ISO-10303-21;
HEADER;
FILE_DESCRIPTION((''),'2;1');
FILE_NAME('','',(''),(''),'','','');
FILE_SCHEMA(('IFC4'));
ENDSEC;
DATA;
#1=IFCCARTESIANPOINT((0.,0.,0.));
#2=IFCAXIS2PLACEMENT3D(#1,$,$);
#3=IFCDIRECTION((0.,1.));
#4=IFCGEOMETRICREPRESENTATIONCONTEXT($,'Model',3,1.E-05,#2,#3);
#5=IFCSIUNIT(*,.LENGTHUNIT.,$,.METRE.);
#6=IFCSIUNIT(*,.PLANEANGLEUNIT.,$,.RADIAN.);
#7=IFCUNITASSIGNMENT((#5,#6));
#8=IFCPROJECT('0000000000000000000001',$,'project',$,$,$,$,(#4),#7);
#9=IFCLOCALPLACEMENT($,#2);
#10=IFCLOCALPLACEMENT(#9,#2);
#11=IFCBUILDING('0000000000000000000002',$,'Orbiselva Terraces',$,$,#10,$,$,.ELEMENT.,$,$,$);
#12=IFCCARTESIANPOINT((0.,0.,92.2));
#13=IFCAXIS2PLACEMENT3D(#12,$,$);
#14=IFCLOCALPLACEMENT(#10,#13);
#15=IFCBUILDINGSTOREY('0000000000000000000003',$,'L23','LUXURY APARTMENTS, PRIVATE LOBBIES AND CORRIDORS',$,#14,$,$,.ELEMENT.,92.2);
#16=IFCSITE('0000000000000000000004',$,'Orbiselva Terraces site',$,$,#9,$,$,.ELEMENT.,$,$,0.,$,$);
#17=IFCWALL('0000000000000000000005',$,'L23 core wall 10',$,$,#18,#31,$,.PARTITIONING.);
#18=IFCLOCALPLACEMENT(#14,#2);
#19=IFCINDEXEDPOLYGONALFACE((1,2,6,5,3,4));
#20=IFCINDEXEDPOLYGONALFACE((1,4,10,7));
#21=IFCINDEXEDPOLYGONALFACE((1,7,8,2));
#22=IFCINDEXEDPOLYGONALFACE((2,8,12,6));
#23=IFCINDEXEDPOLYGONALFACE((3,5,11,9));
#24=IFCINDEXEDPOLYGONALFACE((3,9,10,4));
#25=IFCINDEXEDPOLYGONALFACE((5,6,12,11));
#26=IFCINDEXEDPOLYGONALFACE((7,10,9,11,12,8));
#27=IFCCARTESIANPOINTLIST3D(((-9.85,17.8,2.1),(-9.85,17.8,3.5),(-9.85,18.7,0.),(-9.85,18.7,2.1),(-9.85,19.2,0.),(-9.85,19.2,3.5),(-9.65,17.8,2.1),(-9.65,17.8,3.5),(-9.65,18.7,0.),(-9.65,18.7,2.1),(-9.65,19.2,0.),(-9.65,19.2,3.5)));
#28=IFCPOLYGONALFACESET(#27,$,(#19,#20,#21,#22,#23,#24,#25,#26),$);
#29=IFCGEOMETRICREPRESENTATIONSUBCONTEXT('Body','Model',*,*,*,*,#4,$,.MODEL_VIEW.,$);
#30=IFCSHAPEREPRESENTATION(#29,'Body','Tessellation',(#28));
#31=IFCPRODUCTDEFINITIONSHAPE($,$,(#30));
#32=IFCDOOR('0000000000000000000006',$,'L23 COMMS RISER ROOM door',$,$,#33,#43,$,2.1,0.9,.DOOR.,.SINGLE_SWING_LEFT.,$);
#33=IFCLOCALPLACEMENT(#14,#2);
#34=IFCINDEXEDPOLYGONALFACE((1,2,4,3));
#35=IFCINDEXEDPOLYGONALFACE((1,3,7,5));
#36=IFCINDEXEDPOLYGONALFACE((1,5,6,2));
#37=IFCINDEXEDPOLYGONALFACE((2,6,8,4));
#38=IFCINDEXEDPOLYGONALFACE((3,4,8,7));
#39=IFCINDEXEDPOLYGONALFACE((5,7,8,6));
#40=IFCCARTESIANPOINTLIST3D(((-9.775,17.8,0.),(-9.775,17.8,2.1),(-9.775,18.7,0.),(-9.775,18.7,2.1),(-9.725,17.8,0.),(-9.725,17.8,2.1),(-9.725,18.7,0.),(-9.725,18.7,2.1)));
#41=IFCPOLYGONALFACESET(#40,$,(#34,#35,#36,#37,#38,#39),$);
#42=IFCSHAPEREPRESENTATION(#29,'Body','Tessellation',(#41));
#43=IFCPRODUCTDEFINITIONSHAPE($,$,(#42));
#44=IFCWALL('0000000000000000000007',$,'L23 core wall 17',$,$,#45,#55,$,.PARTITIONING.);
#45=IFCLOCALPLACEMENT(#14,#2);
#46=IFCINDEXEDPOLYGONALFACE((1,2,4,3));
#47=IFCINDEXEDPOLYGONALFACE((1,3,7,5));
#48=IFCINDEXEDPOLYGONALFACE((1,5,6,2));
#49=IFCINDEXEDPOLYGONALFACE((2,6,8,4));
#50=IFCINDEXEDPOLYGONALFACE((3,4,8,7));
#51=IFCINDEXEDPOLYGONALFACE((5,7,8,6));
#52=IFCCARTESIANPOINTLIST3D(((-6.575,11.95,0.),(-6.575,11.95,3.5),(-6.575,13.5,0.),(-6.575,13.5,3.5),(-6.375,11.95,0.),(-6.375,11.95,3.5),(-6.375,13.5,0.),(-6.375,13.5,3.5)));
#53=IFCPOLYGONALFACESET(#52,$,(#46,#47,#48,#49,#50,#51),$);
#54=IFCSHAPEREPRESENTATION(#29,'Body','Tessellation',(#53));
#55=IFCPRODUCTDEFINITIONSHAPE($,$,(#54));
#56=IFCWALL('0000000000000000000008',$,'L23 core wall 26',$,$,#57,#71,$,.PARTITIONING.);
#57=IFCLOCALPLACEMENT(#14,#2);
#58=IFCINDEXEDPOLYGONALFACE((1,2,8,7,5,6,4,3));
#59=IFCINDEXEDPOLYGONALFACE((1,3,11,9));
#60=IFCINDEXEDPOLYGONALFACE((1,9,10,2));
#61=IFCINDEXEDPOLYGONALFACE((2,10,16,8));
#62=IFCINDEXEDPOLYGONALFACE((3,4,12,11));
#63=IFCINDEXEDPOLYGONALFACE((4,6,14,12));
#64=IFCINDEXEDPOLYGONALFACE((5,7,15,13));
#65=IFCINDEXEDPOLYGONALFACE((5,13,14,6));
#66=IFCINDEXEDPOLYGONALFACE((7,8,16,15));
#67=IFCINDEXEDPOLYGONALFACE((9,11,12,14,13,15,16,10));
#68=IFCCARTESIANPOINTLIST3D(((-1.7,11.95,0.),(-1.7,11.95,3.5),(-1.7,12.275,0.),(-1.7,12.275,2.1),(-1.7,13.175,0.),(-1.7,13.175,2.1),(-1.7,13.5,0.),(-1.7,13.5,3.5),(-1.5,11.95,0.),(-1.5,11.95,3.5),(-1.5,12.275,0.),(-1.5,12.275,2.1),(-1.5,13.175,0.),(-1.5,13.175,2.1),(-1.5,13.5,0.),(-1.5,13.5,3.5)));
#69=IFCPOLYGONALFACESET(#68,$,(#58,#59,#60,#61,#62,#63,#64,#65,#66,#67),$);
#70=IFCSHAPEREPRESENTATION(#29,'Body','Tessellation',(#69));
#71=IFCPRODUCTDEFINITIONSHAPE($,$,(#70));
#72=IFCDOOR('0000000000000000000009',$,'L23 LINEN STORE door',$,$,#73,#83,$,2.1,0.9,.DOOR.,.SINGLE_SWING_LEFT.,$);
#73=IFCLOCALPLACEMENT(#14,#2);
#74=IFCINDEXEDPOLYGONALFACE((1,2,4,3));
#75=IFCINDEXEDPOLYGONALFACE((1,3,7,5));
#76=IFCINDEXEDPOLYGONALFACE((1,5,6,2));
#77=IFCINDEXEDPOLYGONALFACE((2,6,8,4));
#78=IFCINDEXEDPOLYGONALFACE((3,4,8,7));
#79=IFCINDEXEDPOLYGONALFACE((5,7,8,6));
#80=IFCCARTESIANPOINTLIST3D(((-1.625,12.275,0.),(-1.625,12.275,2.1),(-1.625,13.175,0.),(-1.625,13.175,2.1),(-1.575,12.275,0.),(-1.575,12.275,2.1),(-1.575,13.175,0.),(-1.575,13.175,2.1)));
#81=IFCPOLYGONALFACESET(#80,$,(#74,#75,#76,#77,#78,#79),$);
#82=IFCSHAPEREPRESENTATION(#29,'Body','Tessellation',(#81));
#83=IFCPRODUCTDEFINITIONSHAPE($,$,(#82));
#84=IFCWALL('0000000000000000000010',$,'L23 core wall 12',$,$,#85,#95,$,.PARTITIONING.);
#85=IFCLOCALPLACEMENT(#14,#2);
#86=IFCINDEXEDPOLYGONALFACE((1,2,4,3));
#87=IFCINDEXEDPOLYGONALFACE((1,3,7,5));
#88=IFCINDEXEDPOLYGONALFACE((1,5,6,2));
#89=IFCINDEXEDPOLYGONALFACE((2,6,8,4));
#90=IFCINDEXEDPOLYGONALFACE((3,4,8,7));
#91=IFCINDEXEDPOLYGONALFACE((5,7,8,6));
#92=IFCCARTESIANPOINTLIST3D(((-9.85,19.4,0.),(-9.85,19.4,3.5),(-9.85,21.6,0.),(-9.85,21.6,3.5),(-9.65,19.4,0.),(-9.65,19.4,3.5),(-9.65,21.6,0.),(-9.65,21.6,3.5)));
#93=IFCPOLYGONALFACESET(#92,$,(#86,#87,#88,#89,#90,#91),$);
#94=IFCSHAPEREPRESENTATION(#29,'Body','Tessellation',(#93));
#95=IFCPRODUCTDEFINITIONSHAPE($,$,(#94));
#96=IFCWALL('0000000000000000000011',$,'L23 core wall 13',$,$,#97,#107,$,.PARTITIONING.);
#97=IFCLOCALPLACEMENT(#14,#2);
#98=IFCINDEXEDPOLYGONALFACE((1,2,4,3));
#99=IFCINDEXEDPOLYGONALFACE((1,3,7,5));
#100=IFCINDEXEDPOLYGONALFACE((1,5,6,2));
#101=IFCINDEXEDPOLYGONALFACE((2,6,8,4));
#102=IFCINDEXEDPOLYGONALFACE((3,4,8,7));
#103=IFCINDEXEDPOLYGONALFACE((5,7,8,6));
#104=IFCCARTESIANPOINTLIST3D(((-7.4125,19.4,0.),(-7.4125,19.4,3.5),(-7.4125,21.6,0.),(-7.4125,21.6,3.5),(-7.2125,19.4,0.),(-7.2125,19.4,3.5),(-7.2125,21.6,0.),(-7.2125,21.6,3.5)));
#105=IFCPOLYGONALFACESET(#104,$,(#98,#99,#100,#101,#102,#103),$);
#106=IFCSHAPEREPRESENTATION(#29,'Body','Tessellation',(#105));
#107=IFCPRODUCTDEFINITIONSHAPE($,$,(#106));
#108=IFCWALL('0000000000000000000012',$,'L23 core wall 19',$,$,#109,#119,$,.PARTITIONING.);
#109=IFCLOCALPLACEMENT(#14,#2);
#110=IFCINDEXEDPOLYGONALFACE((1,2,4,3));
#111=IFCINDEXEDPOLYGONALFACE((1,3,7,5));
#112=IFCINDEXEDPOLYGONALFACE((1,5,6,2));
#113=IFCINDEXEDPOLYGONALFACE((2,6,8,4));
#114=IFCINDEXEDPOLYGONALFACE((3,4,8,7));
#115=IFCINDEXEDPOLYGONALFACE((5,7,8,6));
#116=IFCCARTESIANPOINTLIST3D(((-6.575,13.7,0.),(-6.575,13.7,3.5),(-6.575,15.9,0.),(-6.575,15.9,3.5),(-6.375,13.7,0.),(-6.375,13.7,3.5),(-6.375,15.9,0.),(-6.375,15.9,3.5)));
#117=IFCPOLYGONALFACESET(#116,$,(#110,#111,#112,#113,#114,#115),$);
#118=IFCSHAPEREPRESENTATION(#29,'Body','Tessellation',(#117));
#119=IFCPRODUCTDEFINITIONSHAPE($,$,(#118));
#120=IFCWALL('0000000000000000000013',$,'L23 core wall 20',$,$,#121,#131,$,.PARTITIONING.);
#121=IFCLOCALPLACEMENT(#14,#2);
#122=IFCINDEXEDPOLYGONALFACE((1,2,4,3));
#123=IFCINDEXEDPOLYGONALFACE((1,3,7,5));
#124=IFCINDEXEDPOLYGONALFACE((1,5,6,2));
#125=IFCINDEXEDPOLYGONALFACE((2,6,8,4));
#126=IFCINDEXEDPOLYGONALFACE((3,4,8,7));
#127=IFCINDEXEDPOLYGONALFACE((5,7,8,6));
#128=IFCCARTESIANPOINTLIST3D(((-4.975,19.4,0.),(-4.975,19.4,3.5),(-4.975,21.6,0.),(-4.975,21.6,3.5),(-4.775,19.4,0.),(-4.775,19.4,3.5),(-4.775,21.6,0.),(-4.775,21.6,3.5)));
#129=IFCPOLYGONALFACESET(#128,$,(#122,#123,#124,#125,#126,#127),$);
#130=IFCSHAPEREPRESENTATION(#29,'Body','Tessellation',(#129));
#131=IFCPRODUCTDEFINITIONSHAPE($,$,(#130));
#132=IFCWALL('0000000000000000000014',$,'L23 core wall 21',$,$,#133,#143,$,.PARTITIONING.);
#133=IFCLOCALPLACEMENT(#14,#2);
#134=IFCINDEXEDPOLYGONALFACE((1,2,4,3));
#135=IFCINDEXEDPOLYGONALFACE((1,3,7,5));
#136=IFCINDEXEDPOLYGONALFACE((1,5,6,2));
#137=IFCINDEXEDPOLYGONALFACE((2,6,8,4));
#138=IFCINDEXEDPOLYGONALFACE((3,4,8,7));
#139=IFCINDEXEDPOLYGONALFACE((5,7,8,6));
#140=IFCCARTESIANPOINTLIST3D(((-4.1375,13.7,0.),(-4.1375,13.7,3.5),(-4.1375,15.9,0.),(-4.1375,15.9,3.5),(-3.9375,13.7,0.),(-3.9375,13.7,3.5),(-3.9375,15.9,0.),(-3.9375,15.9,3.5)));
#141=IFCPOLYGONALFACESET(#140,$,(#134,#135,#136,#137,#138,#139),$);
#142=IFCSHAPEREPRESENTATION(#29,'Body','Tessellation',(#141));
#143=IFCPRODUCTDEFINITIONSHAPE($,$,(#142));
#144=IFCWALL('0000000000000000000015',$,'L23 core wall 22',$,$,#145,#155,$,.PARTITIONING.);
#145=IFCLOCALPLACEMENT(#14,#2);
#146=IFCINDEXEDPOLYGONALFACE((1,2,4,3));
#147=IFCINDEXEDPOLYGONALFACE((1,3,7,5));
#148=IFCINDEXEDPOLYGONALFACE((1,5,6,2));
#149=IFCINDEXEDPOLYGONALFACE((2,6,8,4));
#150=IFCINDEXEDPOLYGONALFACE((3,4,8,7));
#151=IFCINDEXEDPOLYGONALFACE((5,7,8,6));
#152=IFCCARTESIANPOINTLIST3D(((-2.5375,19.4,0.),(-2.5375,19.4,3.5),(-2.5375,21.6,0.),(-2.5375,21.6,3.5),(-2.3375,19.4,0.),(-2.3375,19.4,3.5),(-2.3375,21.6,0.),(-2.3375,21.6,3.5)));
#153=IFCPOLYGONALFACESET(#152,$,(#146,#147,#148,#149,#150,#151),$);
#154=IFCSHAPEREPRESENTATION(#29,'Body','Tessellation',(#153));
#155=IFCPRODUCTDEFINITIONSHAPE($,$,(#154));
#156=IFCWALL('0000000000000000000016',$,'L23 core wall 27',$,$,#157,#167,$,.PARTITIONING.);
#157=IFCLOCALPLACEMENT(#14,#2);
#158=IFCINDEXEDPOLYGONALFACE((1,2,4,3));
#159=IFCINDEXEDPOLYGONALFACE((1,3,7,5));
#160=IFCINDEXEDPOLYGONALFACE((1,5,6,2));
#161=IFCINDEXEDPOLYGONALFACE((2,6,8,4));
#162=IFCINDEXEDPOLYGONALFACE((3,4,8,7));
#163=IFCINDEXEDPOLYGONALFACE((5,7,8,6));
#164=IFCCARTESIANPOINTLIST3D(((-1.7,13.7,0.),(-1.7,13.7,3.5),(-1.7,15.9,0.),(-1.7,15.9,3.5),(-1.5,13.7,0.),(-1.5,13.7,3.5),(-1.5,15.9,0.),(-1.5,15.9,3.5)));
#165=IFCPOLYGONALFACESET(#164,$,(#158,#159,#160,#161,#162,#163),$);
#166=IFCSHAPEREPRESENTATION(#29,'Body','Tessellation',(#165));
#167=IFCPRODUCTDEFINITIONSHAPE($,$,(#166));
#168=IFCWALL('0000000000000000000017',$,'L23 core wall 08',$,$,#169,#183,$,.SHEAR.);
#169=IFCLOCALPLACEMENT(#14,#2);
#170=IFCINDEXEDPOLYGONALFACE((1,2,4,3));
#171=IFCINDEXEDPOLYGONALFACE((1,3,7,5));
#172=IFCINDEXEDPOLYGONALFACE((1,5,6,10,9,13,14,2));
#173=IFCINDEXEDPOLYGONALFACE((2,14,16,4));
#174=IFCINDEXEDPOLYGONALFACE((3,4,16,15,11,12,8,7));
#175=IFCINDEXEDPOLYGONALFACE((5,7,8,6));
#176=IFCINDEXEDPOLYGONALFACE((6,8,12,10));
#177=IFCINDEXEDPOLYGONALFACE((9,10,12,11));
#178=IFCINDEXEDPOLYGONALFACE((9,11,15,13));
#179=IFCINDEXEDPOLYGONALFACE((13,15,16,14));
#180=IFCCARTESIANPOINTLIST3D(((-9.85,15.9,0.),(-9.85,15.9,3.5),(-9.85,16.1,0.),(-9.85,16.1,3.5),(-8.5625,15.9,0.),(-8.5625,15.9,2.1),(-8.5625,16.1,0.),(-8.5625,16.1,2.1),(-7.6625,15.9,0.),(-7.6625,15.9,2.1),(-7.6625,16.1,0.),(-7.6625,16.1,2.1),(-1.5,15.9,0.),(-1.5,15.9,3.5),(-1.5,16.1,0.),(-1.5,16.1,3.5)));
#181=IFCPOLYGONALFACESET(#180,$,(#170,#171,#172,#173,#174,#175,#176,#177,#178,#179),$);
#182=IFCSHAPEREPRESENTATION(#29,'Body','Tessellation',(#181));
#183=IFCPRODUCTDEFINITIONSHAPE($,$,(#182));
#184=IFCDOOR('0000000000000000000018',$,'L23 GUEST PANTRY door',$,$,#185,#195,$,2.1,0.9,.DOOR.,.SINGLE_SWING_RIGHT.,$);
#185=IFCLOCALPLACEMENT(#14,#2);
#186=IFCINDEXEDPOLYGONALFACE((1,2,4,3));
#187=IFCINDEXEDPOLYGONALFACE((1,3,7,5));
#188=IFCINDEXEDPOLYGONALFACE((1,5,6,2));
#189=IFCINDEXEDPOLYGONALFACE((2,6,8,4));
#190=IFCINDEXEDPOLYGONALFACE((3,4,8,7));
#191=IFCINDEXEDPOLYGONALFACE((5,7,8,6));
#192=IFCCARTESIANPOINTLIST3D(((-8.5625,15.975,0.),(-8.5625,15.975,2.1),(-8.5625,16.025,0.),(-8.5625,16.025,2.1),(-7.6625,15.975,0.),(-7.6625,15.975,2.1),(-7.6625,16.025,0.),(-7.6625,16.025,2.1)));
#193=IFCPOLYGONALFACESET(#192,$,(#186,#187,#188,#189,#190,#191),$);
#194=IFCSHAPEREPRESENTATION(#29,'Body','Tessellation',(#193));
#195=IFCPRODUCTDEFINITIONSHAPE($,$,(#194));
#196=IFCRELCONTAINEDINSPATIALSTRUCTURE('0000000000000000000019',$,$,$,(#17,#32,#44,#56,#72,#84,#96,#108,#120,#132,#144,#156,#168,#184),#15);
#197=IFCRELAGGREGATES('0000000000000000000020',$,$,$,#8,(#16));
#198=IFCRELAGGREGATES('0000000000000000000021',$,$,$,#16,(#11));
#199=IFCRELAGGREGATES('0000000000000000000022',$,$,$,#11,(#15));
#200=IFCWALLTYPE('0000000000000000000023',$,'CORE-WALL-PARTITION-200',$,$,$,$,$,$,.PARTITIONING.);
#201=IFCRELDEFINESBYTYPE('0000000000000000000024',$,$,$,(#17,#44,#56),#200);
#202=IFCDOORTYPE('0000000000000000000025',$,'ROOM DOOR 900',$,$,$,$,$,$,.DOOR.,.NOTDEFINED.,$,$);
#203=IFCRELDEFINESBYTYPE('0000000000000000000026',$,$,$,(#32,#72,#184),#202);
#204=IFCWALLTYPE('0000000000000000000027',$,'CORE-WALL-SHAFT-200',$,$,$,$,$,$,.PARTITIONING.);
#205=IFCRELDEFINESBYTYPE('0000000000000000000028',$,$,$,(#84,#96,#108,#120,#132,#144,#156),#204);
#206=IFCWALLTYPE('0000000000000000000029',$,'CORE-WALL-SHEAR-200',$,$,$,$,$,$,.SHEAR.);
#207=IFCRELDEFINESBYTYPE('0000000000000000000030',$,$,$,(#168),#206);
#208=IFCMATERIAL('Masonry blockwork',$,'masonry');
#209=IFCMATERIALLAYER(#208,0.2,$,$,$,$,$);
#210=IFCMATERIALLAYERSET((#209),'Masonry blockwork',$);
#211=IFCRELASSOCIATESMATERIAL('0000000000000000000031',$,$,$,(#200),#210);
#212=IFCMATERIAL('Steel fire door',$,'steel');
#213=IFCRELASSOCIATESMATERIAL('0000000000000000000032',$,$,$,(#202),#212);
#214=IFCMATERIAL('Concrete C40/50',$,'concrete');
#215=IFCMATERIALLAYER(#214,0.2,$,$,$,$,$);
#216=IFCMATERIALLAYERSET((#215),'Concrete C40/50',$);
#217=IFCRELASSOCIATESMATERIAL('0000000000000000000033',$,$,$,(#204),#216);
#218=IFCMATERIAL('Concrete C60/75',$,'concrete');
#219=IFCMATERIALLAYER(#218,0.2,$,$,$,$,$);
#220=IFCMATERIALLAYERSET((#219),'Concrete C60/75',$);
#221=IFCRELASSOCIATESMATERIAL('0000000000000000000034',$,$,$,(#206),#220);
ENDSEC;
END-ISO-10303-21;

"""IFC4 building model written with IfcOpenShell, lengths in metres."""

from ifc_helpers import new_model, si_unit, direction, frame, frame_2d, origin, place, context, subcontext, project, spatial, rectangle, extrude, material, layer, layer_set, type_object, element, fill, save


model = new_model("IFC4")

# Units and contexts
model_context = context("Model", 3, precision=1e-05, world=origin(), true_north=direction((0.0, 1.0)))
body_context = subcontext(model_context, "Body", "Model", "MODEL_VIEW")
ifc_project = project(units=[si_unit("LENGTHUNIT", "METRE"), si_unit("PLANEANGLEUNIT", "RADIAN")], contexts=[model_context])

# Site, building, storey
site_placement = place(None, origin())
site = spatial("IfcSite", under=ifc_project, at=site_placement, Name="Orbiselva Terraces site", CompositionType="ELEMENT", RefElevation=0.0)
building_placement = place(site_placement, origin())
building = spatial("IfcBuilding", under=site, at=building_placement, Name="Orbiselva Terraces", CompositionType="ELEMENT")
storey_placement = place(building_placement, frame((0.0, 0.0, 92.2)))
storey = spatial("IfcBuildingStorey", under=building, at=storey_placement, Name="L23", Description="LUXURY APARTMENTS, PRIVATE LOBBIES AND CORRIDORS", CompositionType="ELEMENT", Elevation=92.2)

# Wall, opening, door
ifc_material_1 = material(Name="Masonry blockwork", Category="masonry")
ifc_layer_1 = layer(ifc_material_1, 0.2)
ifc_layer_set_1 = layer_set([ifc_layer_1], Name="Masonry blockwork")
wall_type_1 = type_object("IfcWallType", Name="CORE-WALL-PARTITION-200", PredefinedType="PARTITIONING", material=ifc_layer_set_1)
wall_1_placement = place(storey_placement, frame((-9.75, 17.8, 0.0), z_axis=(0.0, 0.0, 1.0), x_axis=(0.0, 1.0, 0.0)))
wall_1 = element("IfcWall", 1, at=wall_1_placement, inside=storey, type_object=wall_type_1, Name="L23 core wall 10", PredefinedType="PARTITIONING", context=body_context, shape_type="SweptSolid", body=[
    extrude(rectangle(XDim=1.4, YDim=0.2, at=frame_2d((0.7, 0.0))), origin(), (0.0, 0.0, 1.0), 3.5),
])
opening_1_placement = place(wall_1_placement, origin())
opening_1 = element("IfcOpeningElement", 2, at=opening_1_placement, cuts=wall_1, PredefinedType="OPENING", context=body_context, shape_type="SweptSolid", body=[
    extrude(rectangle(XDim=0.9, YDim=2.1, at=frame_2d((0.45, 1.05))), frame((0.0, 0.11, 0.0), z_axis=(0.0, -1.0, 0.0), x_axis=(1.0, 0.0, 0.0)), (0.0, 0.0, 1.0), 0.22),
])
ifc_material_2 = material(Name="Steel fire door", Category="steel")
door_type_1 = type_object("IfcDoorType", Name="ROOM DOOR 900", OperationType="NOTDEFINED", PredefinedType="DOOR", material=ifc_material_2)
door_1_placement = place(opening_1_placement, origin())
door_1 = element("IfcDoor", 3, at=door_1_placement, inside=storey, type_object=door_type_1, Name="L23 COMMS RISER ROOM door", OperationType="SINGLE_SWING_LEFT", OverallHeight=2.1, OverallWidth=0.9, PredefinedType="DOOR", context=body_context, shape_type="SweptSolid", body=[
    extrude(rectangle(XDim=0.9, YDim=2.1, at=frame_2d((0.45, 1.05))), frame((0.0, 0.025, 0.0), z_axis=(0.0, -1.0, 0.0), x_axis=(1.0, 0.0, 0.0)), (0.0, 0.0, 1.0), 0.05),
])
fill(opening_1, door_1)

# Wall
wall_2_placement = place(storey_placement, frame((-6.475, 11.95, 0.0), z_axis=(0.0, 0.0, 1.0), x_axis=(0.0, 1.0, 0.0)))
element("IfcWall", 4, at=wall_2_placement, inside=storey, type_object=wall_type_1, Name="L23 core wall 17", PredefinedType="PARTITIONING", context=body_context, shape_type="SweptSolid", body=[
    extrude(rectangle(XDim=1.55, YDim=0.2, at=frame_2d((0.775, 0.0))), origin(), (0.0, 0.0, 1.0), 3.5),
])

# Wall, opening, door
wall_3_placement = place(storey_placement, frame((-1.6, 11.95, 0.0), z_axis=(0.0, 0.0, 1.0), x_axis=(0.0, 1.0, 0.0)))
wall_3 = element("IfcWall", 5, at=wall_3_placement, inside=storey, type_object=wall_type_1, Name="L23 core wall 26", PredefinedType="PARTITIONING", context=body_context, shape_type="SweptSolid", body=[
    extrude(rectangle(XDim=1.55, YDim=0.2, at=frame_2d((0.775, 0.0))), origin(), (0.0, 0.0, 1.0), 3.5),
])
opening_2_placement = place(wall_3_placement, frame((0.325, 0.0, 0.0)))
opening_2 = element("IfcOpeningElement", 6, at=opening_2_placement, cuts=wall_3, PredefinedType="OPENING", context=body_context, shape_type="SweptSolid", body=[
    extrude(rectangle(XDim=0.9, YDim=2.1, at=frame_2d((0.45, 1.05))), frame((0.0, 0.11, 0.0), z_axis=(0.0, -1.0, 0.0), x_axis=(1.0, 0.0, 0.0)), (0.0, 0.0, 1.0), 0.22),
])
door_2_placement = place(opening_2_placement, origin())
door_2 = element("IfcDoor", 7, at=door_2_placement, inside=storey, type_object=door_type_1, Name="L23 LINEN STORE door", OperationType="SINGLE_SWING_LEFT", OverallHeight=2.1, OverallWidth=0.9, PredefinedType="DOOR", context=body_context, shape_type="SweptSolid", body=[
    extrude(rectangle(XDim=0.9, YDim=2.1, at=frame_2d((0.45, 1.05))), frame((0.0, 0.025, 0.0), z_axis=(0.0, -1.0, 0.0), x_axis=(1.0, 0.0, 0.0)), (0.0, 0.0, 1.0), 0.05),
])
fill(opening_2, door_2)

# Walls
ifc_material_3 = material(Name="Concrete C40/50", Category="concrete")
ifc_layer_2 = layer(ifc_material_3, 0.2)
ifc_layer_set_2 = layer_set([ifc_layer_2], Name="Concrete C40/50")
wall_type_2 = type_object("IfcWallType", Name="CORE-WALL-SHAFT-200", PredefinedType="PARTITIONING", material=ifc_layer_set_2)
for number, where, z_axis, x_axis, name in (
    (8, (-9.75, 19.4, 0.0), (0.0, 0.0, 1.0), (0.0, 1.0, 0.0), "L23 core wall 12"),
    (9, (-7.3125, 19.4, 0.0), (0.0, 0.0, 1.0), (0.0, 1.0, 0.0), "L23 core wall 13"),
    (10, (-6.475, 13.7, 0.0), (0.0, 0.0, 1.0), (0.0, 1.0, 0.0), "L23 core wall 19"),
    (11, (-4.875, 19.4, 0.0), (0.0, 0.0, 1.0), (0.0, 1.0, 0.0), "L23 core wall 20"),
    (12, (-4.0375, 13.7, 0.0), (0.0, 0.0, 1.0), (0.0, 1.0, 0.0), "L23 core wall 21"),
    (13, (-2.4375, 19.4, 0.0), (0.0, 0.0, 1.0), (0.0, 1.0, 0.0), "L23 core wall 22"),
    (14, (-1.6, 13.7, 0.0), (0.0, 0.0, 1.0), (0.0, 1.0, 0.0), "L23 core wall 27"),
):
    element("IfcWall", number, at=place(storey_placement, frame(where, z_axis=z_axis, x_axis=x_axis)), inside=storey, type_object=wall_type_2, Name=name, PredefinedType="PARTITIONING", context=body_context, shape_type="SweptSolid", body=[
        extrude(rectangle(XDim=2.2, YDim=0.2, at=frame_2d((1.1, 0.0))), origin(), (0.0, 0.0, 1.0), 3.5),
    ])

# Wall, opening, door
ifc_material_4 = material(Name="Concrete C60/75", Category="concrete")
ifc_layer_3 = layer(ifc_material_4, 0.2)
ifc_layer_set_3 = layer_set([ifc_layer_3], Name="Concrete C60/75")
wall_type_3 = type_object("IfcWallType", Name="CORE-WALL-SHEAR-200", PredefinedType="SHEAR", material=ifc_layer_set_3)
wall_4_placement = place(storey_placement, frame((-1.5, 16.0, 0.0), z_axis=(0.0, 0.0, 1.0), x_axis=(-1.0, 0.0, 0.0)))
wall_4 = element("IfcWall", 15, at=wall_4_placement, inside=storey, type_object=wall_type_3, Name="L23 core wall 08", PredefinedType="SHEAR", context=body_context, shape_type="SweptSolid", body=[
    extrude(rectangle(XDim=8.35, YDim=0.2, at=frame_2d((4.175, 0.0))), origin(), (0.0, 0.0, 1.0), 3.5),
])
opening_3_placement = place(wall_4_placement, frame((6.1625, 0.0, 0.0)))
opening_3 = element("IfcOpeningElement", 16, at=opening_3_placement, cuts=wall_4, PredefinedType="OPENING", context=body_context, shape_type="SweptSolid", body=[
    extrude(rectangle(XDim=0.9, YDim=2.1, at=frame_2d((0.45, 1.05))), frame((0.0, 0.11, 0.0), z_axis=(0.0, -1.0, 0.0), x_axis=(1.0, 0.0, 0.0)), (0.0, 0.0, 1.0), 0.22),
])
door_3_placement = place(opening_3_placement, origin())
door_3 = element("IfcDoor", 17, at=door_3_placement, inside=storey, type_object=door_type_1, Name="L23 GUEST PANTRY door", OperationType="SINGLE_SWING_RIGHT", OverallHeight=2.1, OverallWidth=0.9, PredefinedType="DOOR", context=body_context, shape_type="SweptSolid", body=[
    extrude(rectangle(XDim=0.9, YDim=2.1, at=frame_2d((0.45, 1.05))), frame((0.0, 0.025, 0.0), z_axis=(0.0, -1.0, 0.0), x_axis=(1.0, 0.0, 0.0)), (0.0, 0.0, 1.0), 0.05),
])
fill(opening_3, door_3)

save(model, "model.ifc")
